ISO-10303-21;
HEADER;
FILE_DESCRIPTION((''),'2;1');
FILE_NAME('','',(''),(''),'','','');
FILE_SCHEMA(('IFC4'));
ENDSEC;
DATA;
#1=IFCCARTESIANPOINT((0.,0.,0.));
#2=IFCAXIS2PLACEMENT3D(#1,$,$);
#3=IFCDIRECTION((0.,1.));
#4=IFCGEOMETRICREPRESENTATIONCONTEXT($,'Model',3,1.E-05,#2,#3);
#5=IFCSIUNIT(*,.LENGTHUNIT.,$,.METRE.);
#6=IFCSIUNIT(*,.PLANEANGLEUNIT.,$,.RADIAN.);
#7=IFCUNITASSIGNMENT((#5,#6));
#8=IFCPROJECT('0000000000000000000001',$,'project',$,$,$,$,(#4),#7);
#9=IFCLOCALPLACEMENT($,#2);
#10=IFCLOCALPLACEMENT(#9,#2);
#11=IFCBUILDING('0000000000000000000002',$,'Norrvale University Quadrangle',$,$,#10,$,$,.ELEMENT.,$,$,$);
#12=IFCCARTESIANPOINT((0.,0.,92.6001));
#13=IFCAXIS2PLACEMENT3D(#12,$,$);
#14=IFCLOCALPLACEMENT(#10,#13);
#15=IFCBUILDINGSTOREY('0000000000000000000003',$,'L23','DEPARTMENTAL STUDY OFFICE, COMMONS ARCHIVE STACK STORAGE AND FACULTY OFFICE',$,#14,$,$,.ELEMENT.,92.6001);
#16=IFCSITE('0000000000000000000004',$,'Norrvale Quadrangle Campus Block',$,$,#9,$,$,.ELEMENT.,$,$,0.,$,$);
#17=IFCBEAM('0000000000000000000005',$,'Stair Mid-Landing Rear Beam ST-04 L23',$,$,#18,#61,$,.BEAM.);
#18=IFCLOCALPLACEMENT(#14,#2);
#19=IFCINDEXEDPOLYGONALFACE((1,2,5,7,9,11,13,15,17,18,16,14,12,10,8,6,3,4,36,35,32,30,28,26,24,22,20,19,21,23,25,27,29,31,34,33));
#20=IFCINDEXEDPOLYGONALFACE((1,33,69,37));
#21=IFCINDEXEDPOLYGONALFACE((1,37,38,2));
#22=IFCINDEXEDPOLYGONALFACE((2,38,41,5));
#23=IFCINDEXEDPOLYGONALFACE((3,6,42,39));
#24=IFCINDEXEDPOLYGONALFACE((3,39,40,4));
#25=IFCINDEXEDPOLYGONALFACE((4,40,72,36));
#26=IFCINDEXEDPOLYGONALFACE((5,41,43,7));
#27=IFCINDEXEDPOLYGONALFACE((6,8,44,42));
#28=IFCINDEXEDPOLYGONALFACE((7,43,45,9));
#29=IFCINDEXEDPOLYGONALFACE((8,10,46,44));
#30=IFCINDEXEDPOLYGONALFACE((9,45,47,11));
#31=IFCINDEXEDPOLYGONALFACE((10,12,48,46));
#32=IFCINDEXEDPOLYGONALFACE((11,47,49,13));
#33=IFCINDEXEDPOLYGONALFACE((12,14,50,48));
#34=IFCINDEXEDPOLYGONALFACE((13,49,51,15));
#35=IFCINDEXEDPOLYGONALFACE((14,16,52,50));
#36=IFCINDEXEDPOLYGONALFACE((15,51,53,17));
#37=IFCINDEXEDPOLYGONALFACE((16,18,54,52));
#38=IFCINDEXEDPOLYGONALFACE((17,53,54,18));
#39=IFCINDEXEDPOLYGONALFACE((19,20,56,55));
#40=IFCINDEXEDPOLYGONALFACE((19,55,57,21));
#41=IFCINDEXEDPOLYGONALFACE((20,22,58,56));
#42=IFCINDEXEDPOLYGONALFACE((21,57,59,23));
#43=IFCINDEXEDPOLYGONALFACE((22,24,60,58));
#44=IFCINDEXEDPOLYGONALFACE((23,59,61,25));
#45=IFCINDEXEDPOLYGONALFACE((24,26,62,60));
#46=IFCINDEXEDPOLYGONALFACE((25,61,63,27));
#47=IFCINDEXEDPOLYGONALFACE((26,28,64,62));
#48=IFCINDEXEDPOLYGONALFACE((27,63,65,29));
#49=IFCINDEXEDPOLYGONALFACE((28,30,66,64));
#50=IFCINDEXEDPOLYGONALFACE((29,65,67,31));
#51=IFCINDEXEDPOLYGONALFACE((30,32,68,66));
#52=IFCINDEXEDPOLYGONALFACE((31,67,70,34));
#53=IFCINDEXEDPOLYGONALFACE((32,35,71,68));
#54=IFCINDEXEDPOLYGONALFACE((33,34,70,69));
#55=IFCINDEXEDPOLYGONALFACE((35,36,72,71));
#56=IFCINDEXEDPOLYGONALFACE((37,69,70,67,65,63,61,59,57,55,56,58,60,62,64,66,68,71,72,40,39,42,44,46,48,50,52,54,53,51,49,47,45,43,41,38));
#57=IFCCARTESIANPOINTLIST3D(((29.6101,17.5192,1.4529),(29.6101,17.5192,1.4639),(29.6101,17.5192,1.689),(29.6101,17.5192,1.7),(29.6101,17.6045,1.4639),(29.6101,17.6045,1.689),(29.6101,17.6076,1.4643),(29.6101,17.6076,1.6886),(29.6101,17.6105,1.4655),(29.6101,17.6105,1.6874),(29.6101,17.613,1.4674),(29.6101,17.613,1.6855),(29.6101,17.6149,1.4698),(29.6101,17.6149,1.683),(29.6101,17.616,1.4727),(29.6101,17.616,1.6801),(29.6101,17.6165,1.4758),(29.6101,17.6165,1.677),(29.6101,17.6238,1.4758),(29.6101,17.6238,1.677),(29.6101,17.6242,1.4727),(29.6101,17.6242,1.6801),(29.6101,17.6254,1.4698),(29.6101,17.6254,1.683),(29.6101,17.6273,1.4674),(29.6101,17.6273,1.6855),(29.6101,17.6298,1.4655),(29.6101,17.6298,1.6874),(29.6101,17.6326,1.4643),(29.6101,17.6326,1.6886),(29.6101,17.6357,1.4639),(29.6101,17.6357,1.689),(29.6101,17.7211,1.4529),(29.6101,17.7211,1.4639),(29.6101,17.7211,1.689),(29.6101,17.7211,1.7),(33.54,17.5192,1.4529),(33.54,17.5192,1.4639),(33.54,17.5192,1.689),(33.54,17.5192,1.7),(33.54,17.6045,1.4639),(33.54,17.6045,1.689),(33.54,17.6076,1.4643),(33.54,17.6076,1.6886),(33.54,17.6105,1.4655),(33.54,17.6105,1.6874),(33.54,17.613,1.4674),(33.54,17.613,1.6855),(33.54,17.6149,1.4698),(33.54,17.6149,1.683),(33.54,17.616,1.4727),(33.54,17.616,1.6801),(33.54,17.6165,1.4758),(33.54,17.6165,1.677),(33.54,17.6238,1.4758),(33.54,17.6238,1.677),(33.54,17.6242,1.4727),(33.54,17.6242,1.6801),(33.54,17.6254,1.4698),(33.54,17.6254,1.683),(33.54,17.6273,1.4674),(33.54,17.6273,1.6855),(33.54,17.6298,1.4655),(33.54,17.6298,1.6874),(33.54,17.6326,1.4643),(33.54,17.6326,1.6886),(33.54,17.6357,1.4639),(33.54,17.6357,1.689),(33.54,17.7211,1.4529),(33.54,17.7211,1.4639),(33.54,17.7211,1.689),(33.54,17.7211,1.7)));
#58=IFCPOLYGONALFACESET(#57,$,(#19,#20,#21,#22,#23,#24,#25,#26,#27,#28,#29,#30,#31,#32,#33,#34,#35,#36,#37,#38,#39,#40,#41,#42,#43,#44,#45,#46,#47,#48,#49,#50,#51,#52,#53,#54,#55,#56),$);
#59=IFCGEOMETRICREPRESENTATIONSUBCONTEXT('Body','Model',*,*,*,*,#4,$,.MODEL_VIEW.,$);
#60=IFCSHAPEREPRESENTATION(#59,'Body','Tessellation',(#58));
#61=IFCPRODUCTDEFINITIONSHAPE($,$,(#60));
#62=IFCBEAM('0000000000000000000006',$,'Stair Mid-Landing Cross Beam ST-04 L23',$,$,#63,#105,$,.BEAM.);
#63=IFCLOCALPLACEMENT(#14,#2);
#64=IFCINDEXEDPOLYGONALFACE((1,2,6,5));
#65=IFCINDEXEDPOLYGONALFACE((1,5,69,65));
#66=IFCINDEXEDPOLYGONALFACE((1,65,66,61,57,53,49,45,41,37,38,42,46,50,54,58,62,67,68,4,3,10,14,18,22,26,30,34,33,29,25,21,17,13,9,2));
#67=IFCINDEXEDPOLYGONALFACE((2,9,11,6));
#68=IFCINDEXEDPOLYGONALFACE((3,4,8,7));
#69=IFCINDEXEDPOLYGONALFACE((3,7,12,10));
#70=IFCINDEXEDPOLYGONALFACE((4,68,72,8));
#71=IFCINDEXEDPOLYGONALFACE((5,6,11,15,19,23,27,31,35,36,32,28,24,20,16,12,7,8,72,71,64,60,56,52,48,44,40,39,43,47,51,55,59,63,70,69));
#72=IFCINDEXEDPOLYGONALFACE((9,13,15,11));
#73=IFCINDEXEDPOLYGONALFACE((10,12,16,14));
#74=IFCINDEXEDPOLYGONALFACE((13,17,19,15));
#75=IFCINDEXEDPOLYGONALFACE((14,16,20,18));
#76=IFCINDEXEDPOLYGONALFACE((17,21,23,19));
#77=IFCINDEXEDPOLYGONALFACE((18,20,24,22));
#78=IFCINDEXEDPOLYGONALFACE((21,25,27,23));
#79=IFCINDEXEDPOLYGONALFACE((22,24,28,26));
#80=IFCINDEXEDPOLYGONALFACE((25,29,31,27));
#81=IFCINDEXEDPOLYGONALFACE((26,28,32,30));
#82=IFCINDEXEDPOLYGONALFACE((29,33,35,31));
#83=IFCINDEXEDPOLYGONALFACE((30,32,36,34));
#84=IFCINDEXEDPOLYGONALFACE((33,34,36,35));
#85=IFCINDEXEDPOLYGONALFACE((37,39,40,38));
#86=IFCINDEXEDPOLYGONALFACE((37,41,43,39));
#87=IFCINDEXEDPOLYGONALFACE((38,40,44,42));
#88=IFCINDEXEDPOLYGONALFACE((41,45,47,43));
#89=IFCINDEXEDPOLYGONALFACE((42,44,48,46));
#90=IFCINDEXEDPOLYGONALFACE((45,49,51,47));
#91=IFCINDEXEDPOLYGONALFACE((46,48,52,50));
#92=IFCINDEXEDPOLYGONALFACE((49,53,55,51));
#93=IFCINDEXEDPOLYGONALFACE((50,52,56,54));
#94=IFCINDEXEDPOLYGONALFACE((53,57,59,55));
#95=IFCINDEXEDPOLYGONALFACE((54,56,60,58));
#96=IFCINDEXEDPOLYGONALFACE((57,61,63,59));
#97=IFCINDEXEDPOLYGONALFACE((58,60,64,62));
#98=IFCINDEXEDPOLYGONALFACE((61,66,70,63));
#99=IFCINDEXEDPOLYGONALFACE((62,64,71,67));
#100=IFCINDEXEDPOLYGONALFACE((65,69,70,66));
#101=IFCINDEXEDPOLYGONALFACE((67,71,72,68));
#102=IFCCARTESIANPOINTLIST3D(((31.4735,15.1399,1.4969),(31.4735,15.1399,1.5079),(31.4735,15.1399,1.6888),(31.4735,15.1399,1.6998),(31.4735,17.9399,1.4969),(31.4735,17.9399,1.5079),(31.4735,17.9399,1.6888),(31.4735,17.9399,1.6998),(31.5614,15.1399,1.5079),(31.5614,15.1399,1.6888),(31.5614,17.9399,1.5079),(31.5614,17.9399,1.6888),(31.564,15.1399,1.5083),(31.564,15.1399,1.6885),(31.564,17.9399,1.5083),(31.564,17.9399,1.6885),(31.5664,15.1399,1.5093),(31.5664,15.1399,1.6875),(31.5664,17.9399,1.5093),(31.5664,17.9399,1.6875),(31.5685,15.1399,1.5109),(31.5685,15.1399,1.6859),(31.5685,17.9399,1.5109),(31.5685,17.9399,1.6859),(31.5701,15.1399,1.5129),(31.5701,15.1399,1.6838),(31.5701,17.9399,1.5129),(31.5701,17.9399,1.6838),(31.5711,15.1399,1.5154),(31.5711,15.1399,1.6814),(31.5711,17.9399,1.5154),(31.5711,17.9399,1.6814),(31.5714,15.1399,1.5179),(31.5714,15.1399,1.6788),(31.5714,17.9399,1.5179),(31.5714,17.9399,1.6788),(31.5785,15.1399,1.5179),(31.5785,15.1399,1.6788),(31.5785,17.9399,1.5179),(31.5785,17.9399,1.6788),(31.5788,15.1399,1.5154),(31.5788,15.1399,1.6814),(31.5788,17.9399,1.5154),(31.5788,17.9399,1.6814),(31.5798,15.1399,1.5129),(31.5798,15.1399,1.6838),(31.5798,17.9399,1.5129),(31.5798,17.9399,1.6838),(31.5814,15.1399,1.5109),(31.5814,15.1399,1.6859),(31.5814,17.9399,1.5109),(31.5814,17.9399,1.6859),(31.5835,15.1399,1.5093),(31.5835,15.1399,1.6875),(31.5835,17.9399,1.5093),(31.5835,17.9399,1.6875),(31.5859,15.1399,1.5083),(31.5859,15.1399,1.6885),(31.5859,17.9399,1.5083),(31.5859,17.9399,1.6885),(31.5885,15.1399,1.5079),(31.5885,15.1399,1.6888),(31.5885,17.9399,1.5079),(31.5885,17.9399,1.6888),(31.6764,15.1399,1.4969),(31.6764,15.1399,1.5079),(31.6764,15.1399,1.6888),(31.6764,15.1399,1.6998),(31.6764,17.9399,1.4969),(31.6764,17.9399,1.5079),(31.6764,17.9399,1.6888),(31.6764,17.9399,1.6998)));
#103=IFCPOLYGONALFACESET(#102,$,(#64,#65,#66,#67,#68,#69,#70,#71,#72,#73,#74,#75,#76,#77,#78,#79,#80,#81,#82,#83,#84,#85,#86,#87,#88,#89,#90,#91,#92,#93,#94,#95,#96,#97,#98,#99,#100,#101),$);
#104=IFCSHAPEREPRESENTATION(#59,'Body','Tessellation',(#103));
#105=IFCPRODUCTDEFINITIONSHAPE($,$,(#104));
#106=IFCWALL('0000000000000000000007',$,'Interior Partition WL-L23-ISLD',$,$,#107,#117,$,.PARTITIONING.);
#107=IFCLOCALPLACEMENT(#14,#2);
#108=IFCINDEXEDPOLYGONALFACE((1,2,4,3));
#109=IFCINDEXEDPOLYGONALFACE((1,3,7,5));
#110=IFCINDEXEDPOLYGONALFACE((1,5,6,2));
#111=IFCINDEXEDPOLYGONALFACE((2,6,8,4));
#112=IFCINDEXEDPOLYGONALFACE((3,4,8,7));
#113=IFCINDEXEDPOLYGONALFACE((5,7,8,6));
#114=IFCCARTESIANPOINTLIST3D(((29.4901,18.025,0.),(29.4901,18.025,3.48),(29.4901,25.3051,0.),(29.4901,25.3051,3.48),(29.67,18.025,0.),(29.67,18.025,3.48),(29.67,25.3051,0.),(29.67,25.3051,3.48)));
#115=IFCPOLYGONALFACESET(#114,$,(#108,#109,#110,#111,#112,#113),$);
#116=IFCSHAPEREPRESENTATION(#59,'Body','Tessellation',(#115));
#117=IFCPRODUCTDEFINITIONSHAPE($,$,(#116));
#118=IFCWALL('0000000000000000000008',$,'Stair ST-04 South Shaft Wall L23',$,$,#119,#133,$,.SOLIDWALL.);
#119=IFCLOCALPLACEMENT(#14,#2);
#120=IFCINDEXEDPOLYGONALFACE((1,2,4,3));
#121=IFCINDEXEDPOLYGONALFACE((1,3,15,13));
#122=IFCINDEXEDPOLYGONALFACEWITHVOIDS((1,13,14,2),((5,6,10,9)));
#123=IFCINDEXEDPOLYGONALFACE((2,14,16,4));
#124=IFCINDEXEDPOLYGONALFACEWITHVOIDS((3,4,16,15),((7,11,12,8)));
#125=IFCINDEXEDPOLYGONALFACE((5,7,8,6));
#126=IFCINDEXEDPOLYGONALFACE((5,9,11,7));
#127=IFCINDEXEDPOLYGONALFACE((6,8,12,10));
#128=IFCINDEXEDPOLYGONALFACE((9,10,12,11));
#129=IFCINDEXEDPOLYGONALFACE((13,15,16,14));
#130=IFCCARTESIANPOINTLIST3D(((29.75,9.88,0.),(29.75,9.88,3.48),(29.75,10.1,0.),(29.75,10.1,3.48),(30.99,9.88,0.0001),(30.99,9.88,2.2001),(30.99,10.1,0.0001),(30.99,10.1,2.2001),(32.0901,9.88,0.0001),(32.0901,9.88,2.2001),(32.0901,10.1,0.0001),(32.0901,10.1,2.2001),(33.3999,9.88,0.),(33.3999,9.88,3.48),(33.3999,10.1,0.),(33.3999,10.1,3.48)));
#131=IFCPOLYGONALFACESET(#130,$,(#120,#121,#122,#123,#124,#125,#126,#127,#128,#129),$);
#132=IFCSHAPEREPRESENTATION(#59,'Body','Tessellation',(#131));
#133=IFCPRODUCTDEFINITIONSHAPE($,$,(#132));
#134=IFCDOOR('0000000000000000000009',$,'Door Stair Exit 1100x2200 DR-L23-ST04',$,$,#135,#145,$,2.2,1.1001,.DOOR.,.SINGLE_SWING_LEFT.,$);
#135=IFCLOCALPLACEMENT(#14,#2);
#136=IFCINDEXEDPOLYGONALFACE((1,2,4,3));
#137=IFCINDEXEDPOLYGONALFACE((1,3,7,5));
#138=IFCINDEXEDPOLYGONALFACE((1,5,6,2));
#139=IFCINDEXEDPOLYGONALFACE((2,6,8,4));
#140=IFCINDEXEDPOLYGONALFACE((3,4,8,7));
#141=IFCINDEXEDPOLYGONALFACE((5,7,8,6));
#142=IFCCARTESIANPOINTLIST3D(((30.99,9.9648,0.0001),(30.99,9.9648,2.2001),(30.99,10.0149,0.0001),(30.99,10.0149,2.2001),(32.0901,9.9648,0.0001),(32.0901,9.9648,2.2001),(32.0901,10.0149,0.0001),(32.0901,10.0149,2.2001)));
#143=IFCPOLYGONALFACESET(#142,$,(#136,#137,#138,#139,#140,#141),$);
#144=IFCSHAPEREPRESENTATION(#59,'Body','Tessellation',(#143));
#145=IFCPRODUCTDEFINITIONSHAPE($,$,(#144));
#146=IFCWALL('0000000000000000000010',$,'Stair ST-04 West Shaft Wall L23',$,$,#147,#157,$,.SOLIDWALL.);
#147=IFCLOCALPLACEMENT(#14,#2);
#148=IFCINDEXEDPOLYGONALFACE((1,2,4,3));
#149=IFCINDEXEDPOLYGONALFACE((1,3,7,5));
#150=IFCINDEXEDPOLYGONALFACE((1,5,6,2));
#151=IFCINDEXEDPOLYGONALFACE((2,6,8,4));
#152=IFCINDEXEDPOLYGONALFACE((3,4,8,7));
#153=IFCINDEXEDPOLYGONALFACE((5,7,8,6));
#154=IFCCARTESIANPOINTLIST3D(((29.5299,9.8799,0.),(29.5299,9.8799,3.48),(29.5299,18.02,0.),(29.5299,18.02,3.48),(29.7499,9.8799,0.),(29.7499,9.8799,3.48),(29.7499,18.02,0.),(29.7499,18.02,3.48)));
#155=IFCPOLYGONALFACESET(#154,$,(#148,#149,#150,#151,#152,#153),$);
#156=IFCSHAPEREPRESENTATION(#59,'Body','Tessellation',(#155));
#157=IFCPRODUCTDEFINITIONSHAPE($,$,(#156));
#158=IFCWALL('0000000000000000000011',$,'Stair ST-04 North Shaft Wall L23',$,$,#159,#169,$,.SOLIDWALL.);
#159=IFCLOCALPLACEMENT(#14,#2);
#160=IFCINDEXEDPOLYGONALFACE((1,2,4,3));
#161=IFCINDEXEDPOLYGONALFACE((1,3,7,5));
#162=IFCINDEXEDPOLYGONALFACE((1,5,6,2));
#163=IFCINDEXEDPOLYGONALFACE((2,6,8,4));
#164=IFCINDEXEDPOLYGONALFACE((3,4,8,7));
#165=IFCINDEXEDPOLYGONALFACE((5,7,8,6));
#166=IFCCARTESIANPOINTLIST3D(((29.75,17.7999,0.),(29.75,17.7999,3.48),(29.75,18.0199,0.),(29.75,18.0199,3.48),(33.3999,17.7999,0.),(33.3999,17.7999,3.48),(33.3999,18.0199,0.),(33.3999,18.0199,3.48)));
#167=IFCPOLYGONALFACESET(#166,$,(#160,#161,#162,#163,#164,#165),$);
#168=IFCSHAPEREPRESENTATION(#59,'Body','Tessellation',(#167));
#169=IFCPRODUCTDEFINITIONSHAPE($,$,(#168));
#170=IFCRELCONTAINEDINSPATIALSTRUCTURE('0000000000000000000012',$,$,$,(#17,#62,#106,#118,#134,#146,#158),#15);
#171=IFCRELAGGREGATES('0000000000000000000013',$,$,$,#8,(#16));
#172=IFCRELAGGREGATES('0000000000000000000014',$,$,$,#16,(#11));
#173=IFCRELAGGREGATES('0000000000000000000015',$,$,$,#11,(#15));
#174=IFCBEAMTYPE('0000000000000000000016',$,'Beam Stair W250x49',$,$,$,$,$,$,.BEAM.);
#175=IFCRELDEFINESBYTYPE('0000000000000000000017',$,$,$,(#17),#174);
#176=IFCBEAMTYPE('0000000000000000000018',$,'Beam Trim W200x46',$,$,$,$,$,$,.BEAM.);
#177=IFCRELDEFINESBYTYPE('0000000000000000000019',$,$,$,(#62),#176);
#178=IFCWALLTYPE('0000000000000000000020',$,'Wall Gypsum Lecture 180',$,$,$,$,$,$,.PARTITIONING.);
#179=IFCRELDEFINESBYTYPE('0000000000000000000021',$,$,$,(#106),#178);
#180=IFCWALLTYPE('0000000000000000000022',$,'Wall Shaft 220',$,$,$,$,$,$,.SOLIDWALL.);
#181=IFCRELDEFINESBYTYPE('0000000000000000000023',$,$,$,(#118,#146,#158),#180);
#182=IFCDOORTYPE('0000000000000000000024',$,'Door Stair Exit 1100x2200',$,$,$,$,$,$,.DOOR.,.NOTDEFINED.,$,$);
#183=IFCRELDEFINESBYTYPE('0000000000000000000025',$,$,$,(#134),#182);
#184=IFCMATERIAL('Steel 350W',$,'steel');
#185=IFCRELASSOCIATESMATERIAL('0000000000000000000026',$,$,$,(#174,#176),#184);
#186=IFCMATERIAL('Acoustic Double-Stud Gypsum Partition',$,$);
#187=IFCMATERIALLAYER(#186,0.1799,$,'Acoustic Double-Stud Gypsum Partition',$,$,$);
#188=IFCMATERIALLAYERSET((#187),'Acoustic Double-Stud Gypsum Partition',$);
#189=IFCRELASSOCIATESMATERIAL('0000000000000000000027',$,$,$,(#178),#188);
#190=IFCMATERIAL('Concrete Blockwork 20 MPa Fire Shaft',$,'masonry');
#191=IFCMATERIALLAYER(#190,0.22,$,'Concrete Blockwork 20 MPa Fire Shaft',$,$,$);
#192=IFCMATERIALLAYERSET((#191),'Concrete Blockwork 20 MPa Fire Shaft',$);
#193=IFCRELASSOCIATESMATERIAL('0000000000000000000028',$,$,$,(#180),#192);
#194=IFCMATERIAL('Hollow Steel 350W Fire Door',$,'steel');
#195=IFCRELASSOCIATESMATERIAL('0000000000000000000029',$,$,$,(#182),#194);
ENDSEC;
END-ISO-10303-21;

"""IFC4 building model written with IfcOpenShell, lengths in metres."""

from ifc_helpers import new_model, si_unit, direction, frame, frame_2d, origin, origin_2d, place, context, subcontext, project, spatial, rectangle, i_section, extrude, material, layer, layer_set, material_profile, profile_set, type_object, element, fill, save


model = new_model("IFC4")

# Units and contexts
model_context = context("Model", 3, precision=1e-05, world=origin(), true_north=direction((0.0, 1.0)))
body_context = subcontext(model_context, "Body", "Model", "MODEL_VIEW")
ifc_project = project(units=[si_unit("LENGTHUNIT", "METRE"), si_unit("PLANEANGLEUNIT", "RADIAN")], contexts=[model_context])

# Site, building, storey
site_placement = place(None, origin())
site = spatial("IfcSite", under=ifc_project, at=site_placement, Name="Norrvale Quadrangle Campus Block", CompositionType="ELEMENT", RefElevation=0.0)
building_placement = place(site_placement, origin())
building = spatial("IfcBuilding", under=site, at=building_placement, Name="Norrvale University Quadrangle", CompositionType="ELEMENT")
storey_placement = place(building_placement, frame((0.0, 0.0, 92.6001)))
storey = spatial("IfcBuildingStorey", under=building, at=storey_placement, Name="L23", Description="DEPARTMENTAL STUDY OFFICE, COMMONS ARCHIVE STACK STORAGE AND FACULTY OFFICE", CompositionType="ELEMENT", Elevation=92.6001)

# Beams
ifc_material_1 = material(Name="Steel 350W", Category="steel")
ifc_material_profile_1 = material_profile(ifc_material_1, i_section(OverallWidth=0.2019, OverallDepth=0.2471, WebThickness=0.0073, FlangeThickness=0.011, FilletRadius=0.012, at=origin_2d()), Name="Steel 350W")
ifc_profile_set_1 = profile_set([ifc_material_profile_1], Name="Steel 350W")
beam_type_1 = type_object("IfcBeamType", Name="Beam Stair W250x49", PredefinedType="BEAM", material=ifc_profile_set_1)
for number, where, z_axis, x_axis, name in (
    (1, (29.6101, 17.6201, 1.5764), (1.0, 0.0, 0.0), (0.0, 1.0, 0.0), "Stair Mid-Landing Rear Beam ST-04 L23"),
):
    element("IfcBeam", number, at=place(storey_placement, frame(where, z_axis=z_axis, x_axis=x_axis)), inside=storey, type_object=beam_type_1, Name=name, PredefinedType="BEAM", context=body_context, shape_type="SweptSolid", body=[
        extrude(i_section(OverallWidth=0.2019, OverallDepth=0.2471, WebThickness=0.0073, FlangeThickness=0.011, FilletRadius=0.012, at=origin_2d()), origin(), (0.0, 0.0, 1.0), 3.9299),
    ])
ifc_material_profile_2 = material_profile(ifc_material_1, i_section(OverallWidth=0.2029, OverallDepth=0.2029, WebThickness=0.0071, FlangeThickness=0.011, FilletRadius=0.01, at=origin_2d()), Name="Steel 350W")
ifc_profile_set_2 = profile_set([ifc_material_profile_2], Name="Steel 350W")
beam_type_2 = type_object("IfcBeamType", Name="Beam Trim W200x46", PredefinedType="BEAM", material=ifc_profile_set_2)
beam_1_placement = place(storey_placement, frame((31.575, 15.1399, 1.5984), z_axis=(0.0, 1.0, 0.0), x_axis=(-1.0, 0.0, 0.0)))
element("IfcBeam", 2, at=beam_1_placement, inside=storey, type_object=beam_type_2, Name="Stair Mid-Landing Cross Beam ST-04 L23", PredefinedType="BEAM", context=body_context, shape_type="SweptSolid", body=[
    extrude(i_section(OverallWidth=0.2029, OverallDepth=0.2029, WebThickness=0.0071, FlangeThickness=0.011, FilletRadius=0.01, at=origin_2d()), origin(), (0.0, 0.0, 1.0), 2.8),
])

# Wall
ifc_material_2 = material(Name="Acoustic Double-Stud Gypsum Partition")
ifc_layer_1 = layer(ifc_material_2, 0.1799, Name="Acoustic Double-Stud Gypsum Partition")
ifc_layer_set_1 = layer_set([ifc_layer_1], Name="Acoustic Double-Stud Gypsum Partition")
wall_type_1 = type_object("IfcWallType", Name="Wall Gypsum Lecture 180", PredefinedType="PARTITIONING", material=ifc_layer_set_1)
wall_1_placement = place(storey_placement, frame((29.5801, 18.0249, 0.0), z_axis=(0.0, 0.0, 1.0), x_axis=(0.0, 1.0, 0.0)))
element("IfcWall", 3, at=wall_1_placement, inside=storey, type_object=wall_type_1, Name="Interior Partition WL-L23-ISLD", PredefinedType="PARTITIONING", context=body_context, shape_type="SweptSolid", body=[
    extrude(rectangle(XDim=7.28, YDim=0.1799, at=frame_2d((3.6401, 0.0))), origin(), (0.0, 0.0, 1.0), 3.48),
])

# Wall, opening, door
ifc_material_3 = material(Name="Concrete Blockwork 20 MPa Fire Shaft", Category="masonry")
ifc_layer_2 = layer(ifc_material_3, 0.22, Name="Concrete Blockwork 20 MPa Fire Shaft")
ifc_layer_set_2 = layer_set([ifc_layer_2], Name="Concrete Blockwork 20 MPa Fire Shaft")
wall_type_2 = type_object("IfcWallType", Name="Wall Shaft 220", PredefinedType="SOLIDWALL", material=ifc_layer_set_2)
wall_2_placement = place(storey_placement, frame((29.75, 9.99, 0.0), z_axis=(0.0, 0.0, 1.0), x_axis=(1.0, 0.0, 0.0)))
wall_2 = element("IfcWall", 4, at=wall_2_placement, inside=storey, type_object=wall_type_2, Name="Stair ST-04 South Shaft Wall L23", PredefinedType="SOLIDWALL", context=body_context, shape_type="SweptSolid", body=[
    extrude(rectangle(XDim=3.6499, YDim=0.22, at=frame_2d((1.825, 0.0))), origin(), (0.0, 0.0, 1.0), 3.48),
])
opening_placement = place(wall_2_placement, frame((1.24, 0.0, 0.0)))
opening = element("IfcOpeningElement", 5, at=opening_placement, cuts=wall_2, PredefinedType="OPENING", context=body_context, shape_type="SweptSolid", body=[
    extrude(rectangle(XDim=1.1001, YDim=2.2, at=frame_2d((0.55, 1.1001))), frame((0.0, 0.1221, 0.0), z_axis=(0.0, -1.0, 0.0), x_axis=(1.0, 0.0, 0.0)), (0.0, 0.0, 1.0), 0.2439),
])
ifc_material_4 = material(Name="Hollow Steel 350W Fire Door", Category="steel")
door_type = type_object("IfcDoorType", Name="Door Stair Exit 1100x2200", OperationType="NOTDEFINED", PredefinedType="DOOR", material=ifc_material_4)
door_placement = place(opening_placement, origin())
door = element("IfcDoor", 6, at=door_placement, inside=storey, type_object=door_type, Name="Door Stair Exit 1100x2200 DR-L23-ST04", OperationType="SINGLE_SWING_LEFT", OverallHeight=2.2, OverallWidth=1.1001, PredefinedType="DOOR", context=body_context, shape_type="SweptSolid", body=[
    extrude(rectangle(XDim=1.1001, YDim=2.2, at=frame_2d((0.55, 1.1001))), frame((0.0, 0.0249, 0.0), z_axis=(0.0, -1.0, 0.0), x_axis=(1.0, 0.0, 0.0)), (0.0, 0.0, 1.0), 0.05),
])
fill(opening, door)

# Walls
wall_3_placement = place(storey_placement, frame((29.6399, 9.8799, 0.0), z_axis=(0.0, 0.0, 1.0), x_axis=(0.0, 1.0, 0.0)))
element("IfcWall", 7, at=wall_3_placement, inside=storey, type_object=wall_type_2, Name="Stair ST-04 West Shaft Wall L23", PredefinedType="SOLIDWALL", context=body_context, shape_type="SweptSolid", body=[
    extrude(rectangle(XDim=8.1401, YDim=0.22, at=frame_2d((4.0701, 0.0))), origin(), (0.0, 0.0, 1.0), 3.48),
])
wall_4_placement = place(storey_placement, frame((29.75, 17.9099, 0.0), z_axis=(0.0, 0.0, 1.0), x_axis=(1.0, 0.0, 0.0)))
element("IfcWall", 8, at=wall_4_placement, inside=storey, type_object=wall_type_2, Name="Stair ST-04 North Shaft Wall L23", PredefinedType="SOLIDWALL", context=body_context, shape_type="SweptSolid", body=[
    extrude(rectangle(XDim=3.6499, YDim=0.22, at=frame_2d((1.825, 0.0))), origin(), (0.0, 0.0, 1.0), 3.48),
])

save(model, "model.ifc")
